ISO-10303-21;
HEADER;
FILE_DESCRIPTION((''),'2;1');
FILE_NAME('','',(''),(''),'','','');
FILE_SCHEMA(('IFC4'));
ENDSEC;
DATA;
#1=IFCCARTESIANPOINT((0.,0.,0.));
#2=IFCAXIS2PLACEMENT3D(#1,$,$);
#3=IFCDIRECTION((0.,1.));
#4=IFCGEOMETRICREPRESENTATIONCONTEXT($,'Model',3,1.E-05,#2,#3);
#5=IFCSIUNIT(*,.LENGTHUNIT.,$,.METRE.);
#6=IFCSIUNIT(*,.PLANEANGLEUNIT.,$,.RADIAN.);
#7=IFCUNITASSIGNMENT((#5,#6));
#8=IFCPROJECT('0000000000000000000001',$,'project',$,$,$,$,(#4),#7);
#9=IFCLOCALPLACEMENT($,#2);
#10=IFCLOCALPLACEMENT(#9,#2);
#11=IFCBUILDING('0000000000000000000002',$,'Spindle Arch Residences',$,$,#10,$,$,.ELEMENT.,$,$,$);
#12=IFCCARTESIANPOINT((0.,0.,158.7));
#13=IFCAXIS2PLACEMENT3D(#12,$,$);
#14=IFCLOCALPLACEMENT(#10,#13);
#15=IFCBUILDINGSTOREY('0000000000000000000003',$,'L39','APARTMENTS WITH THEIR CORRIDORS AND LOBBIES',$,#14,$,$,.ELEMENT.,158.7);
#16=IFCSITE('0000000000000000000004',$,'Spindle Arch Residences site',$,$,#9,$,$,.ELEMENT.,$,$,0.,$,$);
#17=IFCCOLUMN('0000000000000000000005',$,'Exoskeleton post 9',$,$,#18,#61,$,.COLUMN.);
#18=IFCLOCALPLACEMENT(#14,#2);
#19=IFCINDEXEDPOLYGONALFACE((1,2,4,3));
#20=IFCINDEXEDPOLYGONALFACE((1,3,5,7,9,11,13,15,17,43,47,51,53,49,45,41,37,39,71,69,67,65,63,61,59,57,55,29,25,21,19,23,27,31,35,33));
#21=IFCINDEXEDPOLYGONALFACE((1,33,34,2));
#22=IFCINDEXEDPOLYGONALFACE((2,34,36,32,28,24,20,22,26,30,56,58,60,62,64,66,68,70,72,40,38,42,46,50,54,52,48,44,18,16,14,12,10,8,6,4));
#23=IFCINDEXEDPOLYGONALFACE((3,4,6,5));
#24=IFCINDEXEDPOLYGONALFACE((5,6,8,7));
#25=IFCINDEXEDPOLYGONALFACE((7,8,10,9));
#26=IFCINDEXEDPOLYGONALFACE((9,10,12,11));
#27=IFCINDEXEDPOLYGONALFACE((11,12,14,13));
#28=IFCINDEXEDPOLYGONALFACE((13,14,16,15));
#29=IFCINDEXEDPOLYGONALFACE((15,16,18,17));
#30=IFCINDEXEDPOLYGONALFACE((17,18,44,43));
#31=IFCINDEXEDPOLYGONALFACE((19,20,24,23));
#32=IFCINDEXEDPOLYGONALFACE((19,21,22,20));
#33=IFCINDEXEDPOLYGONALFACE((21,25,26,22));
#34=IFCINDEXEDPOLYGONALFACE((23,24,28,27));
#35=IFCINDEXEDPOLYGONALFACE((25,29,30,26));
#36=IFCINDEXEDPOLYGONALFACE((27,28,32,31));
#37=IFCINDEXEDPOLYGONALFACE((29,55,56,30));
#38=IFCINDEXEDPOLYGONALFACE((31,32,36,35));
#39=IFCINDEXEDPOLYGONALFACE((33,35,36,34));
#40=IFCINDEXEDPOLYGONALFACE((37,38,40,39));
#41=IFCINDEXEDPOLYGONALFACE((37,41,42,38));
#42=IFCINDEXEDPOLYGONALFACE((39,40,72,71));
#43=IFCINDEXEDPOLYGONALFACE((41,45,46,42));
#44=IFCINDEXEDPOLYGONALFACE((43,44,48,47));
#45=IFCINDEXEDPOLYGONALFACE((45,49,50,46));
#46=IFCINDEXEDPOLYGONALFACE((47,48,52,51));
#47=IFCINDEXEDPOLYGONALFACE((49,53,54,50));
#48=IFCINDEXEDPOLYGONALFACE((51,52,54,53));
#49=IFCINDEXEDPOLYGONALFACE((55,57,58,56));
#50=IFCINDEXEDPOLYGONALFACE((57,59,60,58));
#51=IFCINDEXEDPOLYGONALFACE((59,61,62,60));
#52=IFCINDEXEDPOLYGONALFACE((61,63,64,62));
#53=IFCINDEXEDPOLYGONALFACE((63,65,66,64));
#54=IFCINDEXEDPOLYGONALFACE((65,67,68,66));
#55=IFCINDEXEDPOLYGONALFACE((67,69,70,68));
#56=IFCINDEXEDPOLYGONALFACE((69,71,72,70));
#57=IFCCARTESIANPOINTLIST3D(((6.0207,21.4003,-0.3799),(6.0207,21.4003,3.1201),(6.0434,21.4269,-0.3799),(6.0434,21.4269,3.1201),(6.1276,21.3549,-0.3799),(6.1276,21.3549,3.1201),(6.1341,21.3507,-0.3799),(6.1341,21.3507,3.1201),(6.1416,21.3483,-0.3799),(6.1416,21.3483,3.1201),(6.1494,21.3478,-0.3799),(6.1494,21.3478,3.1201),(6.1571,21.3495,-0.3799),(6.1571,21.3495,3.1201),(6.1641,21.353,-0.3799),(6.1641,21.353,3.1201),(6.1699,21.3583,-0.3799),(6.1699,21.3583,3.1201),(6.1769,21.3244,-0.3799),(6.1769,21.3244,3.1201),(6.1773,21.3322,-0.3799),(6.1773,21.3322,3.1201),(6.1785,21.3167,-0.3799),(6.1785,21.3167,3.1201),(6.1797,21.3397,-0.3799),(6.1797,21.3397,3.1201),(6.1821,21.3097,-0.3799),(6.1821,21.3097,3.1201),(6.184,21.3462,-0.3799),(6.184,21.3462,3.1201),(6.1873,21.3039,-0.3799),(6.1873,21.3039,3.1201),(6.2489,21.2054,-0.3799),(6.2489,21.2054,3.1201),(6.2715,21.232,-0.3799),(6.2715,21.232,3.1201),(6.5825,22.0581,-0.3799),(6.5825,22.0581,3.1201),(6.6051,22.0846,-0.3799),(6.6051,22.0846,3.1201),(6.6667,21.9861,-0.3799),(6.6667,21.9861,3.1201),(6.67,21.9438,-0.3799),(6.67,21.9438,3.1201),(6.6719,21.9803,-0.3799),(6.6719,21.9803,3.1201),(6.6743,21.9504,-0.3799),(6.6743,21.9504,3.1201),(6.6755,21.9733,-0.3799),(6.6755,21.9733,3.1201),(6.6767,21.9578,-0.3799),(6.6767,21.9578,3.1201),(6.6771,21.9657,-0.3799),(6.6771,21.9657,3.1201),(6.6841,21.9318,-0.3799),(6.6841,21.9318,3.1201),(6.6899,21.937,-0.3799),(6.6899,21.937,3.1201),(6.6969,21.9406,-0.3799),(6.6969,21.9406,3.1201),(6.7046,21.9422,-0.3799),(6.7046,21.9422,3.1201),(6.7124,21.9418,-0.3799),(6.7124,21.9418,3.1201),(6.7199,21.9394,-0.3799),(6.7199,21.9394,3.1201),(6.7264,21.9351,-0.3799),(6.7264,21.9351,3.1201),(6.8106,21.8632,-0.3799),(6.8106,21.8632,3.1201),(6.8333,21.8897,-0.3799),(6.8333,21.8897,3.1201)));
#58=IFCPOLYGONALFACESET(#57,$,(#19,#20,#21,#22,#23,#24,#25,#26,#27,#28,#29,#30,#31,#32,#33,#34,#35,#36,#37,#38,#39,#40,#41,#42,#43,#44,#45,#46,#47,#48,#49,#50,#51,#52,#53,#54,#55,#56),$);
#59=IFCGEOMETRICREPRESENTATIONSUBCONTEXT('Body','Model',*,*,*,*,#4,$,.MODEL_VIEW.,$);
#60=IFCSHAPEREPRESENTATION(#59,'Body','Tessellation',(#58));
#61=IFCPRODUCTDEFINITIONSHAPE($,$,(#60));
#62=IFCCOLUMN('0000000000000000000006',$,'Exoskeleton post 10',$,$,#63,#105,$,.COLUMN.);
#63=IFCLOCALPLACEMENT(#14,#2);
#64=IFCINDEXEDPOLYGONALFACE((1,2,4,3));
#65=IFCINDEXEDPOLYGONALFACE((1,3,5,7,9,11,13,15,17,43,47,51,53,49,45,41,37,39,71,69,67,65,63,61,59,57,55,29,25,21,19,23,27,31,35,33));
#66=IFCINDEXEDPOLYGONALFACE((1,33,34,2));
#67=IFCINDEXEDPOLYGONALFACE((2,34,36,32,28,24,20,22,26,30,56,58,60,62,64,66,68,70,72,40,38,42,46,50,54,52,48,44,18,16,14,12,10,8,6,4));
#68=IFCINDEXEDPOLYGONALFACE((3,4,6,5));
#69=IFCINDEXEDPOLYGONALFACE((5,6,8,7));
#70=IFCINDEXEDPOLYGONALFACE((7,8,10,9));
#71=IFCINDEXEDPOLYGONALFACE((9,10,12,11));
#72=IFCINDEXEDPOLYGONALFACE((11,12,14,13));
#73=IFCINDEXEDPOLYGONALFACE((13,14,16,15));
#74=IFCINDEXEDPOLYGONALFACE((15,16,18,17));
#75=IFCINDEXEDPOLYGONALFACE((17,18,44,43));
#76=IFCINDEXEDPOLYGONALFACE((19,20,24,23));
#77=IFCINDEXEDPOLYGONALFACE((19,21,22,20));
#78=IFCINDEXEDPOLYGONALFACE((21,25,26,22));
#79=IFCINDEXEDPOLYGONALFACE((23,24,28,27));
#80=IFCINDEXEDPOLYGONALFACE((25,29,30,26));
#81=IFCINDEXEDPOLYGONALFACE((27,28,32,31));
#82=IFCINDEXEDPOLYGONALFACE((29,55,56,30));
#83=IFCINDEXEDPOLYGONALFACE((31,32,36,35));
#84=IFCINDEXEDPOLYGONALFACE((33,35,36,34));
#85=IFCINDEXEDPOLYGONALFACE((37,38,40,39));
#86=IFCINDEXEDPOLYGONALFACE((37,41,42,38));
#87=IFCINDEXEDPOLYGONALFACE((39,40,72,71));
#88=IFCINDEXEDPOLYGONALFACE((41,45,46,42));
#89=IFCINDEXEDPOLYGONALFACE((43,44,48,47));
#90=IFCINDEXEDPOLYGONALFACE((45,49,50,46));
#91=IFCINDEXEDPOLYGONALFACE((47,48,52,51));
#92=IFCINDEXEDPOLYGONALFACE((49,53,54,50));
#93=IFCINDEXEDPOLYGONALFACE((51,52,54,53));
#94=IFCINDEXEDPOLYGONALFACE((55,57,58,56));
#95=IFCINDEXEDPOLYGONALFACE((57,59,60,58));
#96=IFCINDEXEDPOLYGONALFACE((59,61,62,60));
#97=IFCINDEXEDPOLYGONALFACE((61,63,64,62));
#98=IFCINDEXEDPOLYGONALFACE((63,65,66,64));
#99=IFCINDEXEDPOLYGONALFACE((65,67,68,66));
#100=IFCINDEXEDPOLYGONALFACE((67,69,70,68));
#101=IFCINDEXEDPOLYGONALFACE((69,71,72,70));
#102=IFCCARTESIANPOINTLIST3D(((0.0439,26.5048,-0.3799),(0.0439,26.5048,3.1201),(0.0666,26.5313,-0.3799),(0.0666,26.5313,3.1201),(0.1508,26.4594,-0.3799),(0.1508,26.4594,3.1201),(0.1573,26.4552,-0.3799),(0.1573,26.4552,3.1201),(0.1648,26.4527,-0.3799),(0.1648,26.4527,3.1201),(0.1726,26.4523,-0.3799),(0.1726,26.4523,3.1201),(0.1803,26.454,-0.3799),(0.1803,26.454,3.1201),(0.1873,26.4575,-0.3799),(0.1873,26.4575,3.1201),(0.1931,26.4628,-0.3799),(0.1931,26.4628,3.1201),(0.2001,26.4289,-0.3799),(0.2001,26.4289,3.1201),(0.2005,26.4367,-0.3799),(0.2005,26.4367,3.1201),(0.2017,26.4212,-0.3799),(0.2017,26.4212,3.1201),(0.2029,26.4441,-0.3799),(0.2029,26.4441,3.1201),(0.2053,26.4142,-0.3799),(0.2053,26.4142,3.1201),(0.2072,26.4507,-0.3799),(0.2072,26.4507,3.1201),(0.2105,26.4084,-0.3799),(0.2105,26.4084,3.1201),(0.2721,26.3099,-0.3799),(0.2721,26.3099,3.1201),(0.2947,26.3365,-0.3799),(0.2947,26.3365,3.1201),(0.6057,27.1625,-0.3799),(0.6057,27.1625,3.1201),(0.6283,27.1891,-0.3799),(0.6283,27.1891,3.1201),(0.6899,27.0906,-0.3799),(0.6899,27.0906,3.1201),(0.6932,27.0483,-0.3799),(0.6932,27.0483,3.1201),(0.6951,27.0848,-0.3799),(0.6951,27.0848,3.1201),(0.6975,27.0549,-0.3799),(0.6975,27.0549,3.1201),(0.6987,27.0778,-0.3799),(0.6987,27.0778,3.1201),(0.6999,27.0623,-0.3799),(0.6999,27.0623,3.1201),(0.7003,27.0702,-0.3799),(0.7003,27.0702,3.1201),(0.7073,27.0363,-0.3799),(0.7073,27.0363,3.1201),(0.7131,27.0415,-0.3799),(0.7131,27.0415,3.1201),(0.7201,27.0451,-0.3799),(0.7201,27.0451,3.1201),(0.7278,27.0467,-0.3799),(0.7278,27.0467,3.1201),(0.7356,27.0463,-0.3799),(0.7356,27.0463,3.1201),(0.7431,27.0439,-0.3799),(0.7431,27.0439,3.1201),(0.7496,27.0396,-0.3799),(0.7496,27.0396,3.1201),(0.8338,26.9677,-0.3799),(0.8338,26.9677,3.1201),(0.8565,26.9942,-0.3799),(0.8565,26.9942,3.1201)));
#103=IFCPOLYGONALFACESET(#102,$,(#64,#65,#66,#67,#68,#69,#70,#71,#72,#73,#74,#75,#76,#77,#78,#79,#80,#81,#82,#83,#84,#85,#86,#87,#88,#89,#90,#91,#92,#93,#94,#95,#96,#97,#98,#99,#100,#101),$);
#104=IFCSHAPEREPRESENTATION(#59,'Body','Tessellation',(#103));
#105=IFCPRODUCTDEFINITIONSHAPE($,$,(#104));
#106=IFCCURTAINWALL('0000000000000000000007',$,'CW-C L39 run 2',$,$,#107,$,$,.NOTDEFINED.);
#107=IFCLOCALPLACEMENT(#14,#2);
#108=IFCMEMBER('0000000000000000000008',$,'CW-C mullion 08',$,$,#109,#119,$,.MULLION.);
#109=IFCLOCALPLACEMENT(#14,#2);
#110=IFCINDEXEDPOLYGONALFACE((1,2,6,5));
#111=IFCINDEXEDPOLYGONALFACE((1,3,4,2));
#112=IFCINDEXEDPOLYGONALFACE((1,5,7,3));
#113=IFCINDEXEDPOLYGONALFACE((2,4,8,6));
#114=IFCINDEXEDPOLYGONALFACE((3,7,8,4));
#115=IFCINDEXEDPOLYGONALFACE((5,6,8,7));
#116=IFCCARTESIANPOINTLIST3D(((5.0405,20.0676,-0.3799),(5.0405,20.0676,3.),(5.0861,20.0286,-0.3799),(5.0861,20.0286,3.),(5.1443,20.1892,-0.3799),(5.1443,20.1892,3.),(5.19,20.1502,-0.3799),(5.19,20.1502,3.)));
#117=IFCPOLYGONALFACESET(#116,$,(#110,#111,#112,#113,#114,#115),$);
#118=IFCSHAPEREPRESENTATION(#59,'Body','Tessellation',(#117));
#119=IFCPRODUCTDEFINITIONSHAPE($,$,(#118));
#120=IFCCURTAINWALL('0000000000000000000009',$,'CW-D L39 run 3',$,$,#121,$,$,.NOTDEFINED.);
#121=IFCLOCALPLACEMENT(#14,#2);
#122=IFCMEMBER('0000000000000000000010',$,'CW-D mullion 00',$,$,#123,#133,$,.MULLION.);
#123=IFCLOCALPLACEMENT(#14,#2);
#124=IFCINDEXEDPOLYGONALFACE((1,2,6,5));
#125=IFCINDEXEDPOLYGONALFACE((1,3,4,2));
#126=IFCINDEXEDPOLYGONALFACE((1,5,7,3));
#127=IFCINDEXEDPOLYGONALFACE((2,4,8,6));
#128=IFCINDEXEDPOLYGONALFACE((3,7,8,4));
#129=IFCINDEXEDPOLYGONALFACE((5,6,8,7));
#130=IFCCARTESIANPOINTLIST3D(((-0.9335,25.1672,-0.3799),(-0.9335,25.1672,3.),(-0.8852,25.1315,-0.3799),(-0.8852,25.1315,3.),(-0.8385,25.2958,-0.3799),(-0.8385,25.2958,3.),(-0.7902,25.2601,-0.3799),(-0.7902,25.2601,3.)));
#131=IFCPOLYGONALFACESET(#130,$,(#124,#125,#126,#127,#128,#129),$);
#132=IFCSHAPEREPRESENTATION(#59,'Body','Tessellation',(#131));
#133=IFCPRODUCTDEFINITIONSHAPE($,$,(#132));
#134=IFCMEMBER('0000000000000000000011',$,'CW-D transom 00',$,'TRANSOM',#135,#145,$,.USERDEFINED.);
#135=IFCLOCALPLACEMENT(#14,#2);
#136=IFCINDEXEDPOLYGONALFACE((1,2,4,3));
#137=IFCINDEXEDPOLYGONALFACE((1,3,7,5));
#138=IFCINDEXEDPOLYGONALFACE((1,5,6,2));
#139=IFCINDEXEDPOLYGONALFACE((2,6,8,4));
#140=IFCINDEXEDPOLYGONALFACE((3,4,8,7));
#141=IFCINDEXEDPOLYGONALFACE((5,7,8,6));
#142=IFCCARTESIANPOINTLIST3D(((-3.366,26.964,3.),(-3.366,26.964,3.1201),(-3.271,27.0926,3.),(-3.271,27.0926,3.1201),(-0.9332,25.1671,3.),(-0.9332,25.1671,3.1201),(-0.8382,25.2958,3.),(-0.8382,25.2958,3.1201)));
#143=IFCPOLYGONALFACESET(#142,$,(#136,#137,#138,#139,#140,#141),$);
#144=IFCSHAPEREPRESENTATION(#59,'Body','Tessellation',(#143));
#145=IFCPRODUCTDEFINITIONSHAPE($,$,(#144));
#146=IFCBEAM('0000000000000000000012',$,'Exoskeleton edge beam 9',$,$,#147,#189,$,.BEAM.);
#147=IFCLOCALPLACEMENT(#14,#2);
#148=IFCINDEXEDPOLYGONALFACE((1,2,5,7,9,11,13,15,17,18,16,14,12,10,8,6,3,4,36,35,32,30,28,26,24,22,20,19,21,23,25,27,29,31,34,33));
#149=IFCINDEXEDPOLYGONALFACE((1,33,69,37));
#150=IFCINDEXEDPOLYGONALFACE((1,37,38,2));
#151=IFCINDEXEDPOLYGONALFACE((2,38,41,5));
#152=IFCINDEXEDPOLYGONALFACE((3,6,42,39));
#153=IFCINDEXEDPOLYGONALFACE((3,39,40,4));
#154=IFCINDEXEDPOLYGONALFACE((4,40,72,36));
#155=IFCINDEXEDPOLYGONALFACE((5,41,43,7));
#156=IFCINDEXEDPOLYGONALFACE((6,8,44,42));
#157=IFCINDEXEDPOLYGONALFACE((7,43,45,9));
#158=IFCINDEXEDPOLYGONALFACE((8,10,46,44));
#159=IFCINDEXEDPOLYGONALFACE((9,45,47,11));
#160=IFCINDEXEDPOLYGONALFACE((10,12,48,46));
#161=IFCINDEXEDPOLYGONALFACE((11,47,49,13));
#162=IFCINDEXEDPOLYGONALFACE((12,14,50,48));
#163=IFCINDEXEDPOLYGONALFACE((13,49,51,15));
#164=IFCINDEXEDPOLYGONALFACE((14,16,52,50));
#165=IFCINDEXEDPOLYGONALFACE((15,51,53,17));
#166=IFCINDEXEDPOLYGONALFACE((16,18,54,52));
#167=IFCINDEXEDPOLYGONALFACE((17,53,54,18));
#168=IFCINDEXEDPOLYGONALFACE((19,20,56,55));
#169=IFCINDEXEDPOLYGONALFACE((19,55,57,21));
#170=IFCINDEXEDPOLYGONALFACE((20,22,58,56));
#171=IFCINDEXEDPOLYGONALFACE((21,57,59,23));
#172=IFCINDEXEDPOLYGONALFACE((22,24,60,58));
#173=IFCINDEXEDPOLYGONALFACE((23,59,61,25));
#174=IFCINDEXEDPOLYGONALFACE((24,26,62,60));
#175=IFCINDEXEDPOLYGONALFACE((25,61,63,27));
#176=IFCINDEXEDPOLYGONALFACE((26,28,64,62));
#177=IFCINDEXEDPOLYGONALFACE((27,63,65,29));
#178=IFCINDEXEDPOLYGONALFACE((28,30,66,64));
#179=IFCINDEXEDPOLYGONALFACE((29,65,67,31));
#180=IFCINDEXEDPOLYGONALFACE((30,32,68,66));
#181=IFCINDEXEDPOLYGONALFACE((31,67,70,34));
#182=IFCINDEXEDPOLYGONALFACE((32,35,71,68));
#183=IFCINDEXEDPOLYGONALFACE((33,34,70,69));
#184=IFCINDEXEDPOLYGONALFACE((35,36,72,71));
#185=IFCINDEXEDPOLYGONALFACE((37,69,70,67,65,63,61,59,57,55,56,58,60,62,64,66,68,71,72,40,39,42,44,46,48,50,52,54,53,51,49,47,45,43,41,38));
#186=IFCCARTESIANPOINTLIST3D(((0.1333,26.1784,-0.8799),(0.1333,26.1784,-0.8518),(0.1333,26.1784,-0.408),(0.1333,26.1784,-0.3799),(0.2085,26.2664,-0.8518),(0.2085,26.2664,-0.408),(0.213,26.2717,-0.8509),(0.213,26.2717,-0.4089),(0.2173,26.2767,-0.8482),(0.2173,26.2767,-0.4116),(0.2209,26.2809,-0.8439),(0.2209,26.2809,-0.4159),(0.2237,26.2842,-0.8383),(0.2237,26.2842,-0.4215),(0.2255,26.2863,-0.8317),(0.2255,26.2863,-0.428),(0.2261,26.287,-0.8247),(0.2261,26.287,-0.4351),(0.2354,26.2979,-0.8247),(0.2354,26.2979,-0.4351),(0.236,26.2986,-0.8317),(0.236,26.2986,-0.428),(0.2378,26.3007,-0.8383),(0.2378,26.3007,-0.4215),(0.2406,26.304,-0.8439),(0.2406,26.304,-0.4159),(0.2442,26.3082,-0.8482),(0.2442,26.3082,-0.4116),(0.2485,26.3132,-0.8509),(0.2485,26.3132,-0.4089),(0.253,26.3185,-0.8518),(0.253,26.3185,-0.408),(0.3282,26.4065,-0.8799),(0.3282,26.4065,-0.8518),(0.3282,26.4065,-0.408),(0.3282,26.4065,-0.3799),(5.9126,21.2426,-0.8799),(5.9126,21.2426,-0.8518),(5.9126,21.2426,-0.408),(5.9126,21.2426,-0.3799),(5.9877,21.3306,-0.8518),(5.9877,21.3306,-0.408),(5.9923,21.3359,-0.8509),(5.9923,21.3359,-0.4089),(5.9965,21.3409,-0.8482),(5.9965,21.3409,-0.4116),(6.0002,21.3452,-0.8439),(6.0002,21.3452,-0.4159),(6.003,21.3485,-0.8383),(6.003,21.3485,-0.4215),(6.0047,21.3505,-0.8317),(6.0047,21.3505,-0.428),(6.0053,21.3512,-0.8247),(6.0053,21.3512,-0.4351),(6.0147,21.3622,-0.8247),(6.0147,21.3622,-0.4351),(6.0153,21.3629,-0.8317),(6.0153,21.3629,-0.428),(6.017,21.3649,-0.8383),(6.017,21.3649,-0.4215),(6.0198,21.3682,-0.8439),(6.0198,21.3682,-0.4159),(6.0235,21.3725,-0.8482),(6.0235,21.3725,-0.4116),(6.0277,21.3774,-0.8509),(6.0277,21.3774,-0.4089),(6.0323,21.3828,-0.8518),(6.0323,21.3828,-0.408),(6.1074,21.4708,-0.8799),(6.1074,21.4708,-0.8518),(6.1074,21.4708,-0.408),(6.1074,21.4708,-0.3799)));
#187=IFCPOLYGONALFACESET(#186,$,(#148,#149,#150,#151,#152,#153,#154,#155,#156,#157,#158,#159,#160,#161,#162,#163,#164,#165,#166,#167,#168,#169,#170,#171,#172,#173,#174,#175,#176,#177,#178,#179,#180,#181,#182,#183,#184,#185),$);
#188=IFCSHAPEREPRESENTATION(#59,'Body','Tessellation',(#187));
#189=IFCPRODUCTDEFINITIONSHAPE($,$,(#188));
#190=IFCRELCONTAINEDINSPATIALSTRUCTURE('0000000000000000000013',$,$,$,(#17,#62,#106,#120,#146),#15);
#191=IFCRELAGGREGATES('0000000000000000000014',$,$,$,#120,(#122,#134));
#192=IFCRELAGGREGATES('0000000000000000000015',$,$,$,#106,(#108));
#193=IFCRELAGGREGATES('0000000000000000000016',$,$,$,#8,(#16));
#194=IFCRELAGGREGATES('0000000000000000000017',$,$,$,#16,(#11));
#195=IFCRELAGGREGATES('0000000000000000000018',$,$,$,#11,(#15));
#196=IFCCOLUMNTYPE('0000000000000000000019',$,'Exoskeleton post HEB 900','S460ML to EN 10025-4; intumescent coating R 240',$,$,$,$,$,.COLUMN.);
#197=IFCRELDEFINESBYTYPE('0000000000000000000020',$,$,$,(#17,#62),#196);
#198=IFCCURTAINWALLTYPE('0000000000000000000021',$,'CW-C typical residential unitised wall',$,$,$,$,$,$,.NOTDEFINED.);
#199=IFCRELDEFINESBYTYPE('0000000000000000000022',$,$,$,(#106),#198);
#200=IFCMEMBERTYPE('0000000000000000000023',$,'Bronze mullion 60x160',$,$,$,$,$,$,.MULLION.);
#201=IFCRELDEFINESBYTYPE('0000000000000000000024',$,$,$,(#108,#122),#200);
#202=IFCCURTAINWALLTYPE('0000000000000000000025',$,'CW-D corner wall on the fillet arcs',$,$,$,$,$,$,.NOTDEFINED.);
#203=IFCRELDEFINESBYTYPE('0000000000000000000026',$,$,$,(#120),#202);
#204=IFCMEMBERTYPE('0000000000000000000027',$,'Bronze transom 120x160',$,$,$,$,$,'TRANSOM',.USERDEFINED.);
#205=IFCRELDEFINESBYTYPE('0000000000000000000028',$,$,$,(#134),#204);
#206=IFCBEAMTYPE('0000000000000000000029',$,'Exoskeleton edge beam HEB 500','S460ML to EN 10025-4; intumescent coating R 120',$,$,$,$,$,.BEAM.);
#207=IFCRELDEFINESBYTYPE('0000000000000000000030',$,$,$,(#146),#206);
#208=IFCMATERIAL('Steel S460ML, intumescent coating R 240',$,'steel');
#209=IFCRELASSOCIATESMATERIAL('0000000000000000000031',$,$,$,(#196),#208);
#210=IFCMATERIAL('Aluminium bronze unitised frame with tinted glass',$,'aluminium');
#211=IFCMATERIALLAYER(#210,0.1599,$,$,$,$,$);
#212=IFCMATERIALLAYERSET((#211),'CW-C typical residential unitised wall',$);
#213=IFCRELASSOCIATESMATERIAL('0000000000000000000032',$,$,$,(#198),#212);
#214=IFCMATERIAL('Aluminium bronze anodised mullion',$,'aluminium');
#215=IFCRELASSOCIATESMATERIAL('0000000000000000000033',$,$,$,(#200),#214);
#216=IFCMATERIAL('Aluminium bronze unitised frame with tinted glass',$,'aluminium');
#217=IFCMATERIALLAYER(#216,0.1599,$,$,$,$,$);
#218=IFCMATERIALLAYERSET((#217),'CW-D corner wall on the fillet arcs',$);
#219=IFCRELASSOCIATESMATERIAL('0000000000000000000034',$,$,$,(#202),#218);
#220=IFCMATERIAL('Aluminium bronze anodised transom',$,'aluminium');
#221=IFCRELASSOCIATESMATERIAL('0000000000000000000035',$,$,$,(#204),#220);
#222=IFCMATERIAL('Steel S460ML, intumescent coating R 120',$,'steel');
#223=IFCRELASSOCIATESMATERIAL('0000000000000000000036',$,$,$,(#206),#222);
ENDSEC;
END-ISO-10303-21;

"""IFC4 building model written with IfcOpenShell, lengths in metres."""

from ifc_helpers import new_model, si_unit, direction, frame, origin, origin_2d, place, context, subcontext, project, spatial, rectangle, i_section, extrude, material, layer, layer_set, material_profile, profile_set, type_object, element, aggregate, save


model = new_model("IFC4")

# Units and contexts
model_context = context("Model", 3, precision=1e-05, world=origin(), true_north=direction((0.0, 1.0)))
body_context = subcontext(model_context, "Body", "Model", "MODEL_VIEW")
ifc_project = project(units=[si_unit("LENGTHUNIT", "METRE"), si_unit("PLANEANGLEUNIT", "RADIAN")], contexts=[model_context])

# Site, building, storey
site_placement = place(None, origin())
site = spatial("IfcSite", under=ifc_project, at=site_placement, Name="Spindle Arch Residences site", CompositionType="ELEMENT", RefElevation=0.0)
building_placement = place(site_placement, origin())
building = spatial("IfcBuilding", under=site, at=building_placement, Name="Spindle Arch Residences", CompositionType="ELEMENT")
storey_placement = place(building_placement, frame((0.0, 0.0, 158.7)))
storey = spatial("IfcBuildingStorey", under=building, at=storey_placement, Name="L39", Description="APARTMENTS WITH THEIR CORRIDORS AND LOBBIES", CompositionType="ELEMENT", Elevation=158.7)

# Columns
ifc_material_1 = material(Name="Steel S460ML, intumescent coating R 240", Category="steel")
ifc_material_profile_1 = material_profile(ifc_material_1, i_section(OverallWidth=0.3, OverallDepth=0.8999, WebThickness=0.0186, FlangeThickness=0.0349, FilletRadius=0.03, at=origin_2d()), Name="HEB 900")
ifc_profile_set_1 = profile_set([ifc_material_profile_1], Name="Steel S460ML, intumescent coating R 240")
column_type = type_object("IfcColumnType", Name="Exoskeleton post HEB 900", Description="S460ML to EN 10025-4; intumescent coating R 240", PredefinedType="COLUMN", material=ifc_profile_set_1)
for number, where, z_axis, x_axis, name in (
    (1, (6.427, 21.645, -0.3799), (0.0, 0.0, 1.0), (0.760406, -0.649448, 0.0), "Exoskeleton post 9"),
    (2, (0.4502, 26.7495, -0.3799), (0.0, 0.0, 1.0), (0.760406, -0.649448, 0.0), "Exoskeleton post 10"),
):
    element("IfcColumn", number, at=place(storey_placement, frame(where, z_axis=z_axis, x_axis=x_axis)), inside=storey, type_object=column_type, Name=name, PredefinedType="COLUMN", context=body_context, shape_type="SweptSolid", body=[
        extrude(i_section(OverallWidth=0.3, OverallDepth=0.8999, WebThickness=0.0186, FlangeThickness=0.0349, FilletRadius=0.03, at=origin_2d()), origin(), (0.0, 0.0, 1.0), 3.5),
    ])

# Curtain wall, member
ifc_material_2 = material(Name="Aluminium bronze unitised frame with tinted glass", Category="aluminium")
ifc_layer_1 = layer(ifc_material_2, 0.1599)
ifc_layer_set_1 = layer_set([ifc_layer_1], Name="CW-C typical residential unitised wall")
curtain_wall_type_1 = type_object("IfcCurtainWallType", Name="CW-C typical residential unitised wall", PredefinedType="NOTDEFINED", material=ifc_layer_set_1)
curtain_wall_1_placement = place(storey_placement, origin())
curtain_wall_1 = element("IfcCurtainWall", 3, at=curtain_wall_1_placement, inside=storey, type_object=curtain_wall_type_1, Name="CW-C L39 run 2", PredefinedType="NOTDEFINED")
ifc_material_3 = material(Name="Aluminium bronze anodised mullion", Category="aluminium")
ifc_material_profile_2 = material_profile(ifc_material_3, rectangle(XDim=0.1599, YDim=0.0601, at=origin_2d()), Name="MU 60x160")
ifc_profile_set_2 = profile_set([ifc_material_profile_2], Name="Aluminium bronze anodised mullion")
member_type_1 = type_object("IfcMemberType", Name="Bronze mullion 60x160", PredefinedType="MULLION", material=ifc_profile_set_2)
member_1_placement = place(storey_placement, frame((5.1152, 20.1089, -0.3799), z_axis=(0.0, 0.0, 1.0), x_axis=(-0.649448, -0.760406, 0.0)))
member_1 = element("IfcMember", 4, at=member_1_placement, type_object=member_type_1, Name="CW-C mullion 08", PredefinedType="MULLION", context=body_context, shape_type="SweptSolid", body=[
    extrude(rectangle(XDim=0.1599, YDim=0.0601, at=origin_2d()), origin(), (0.0, 0.0, 1.0), 3.3799),
])

# Curtain wall, members
ifc_material_4 = material(Name="Aluminium bronze unitised frame with tinted glass", Category="aluminium")
ifc_layer_2 = layer(ifc_material_4, 0.1599)
ifc_layer_set_2 = layer_set([ifc_layer_2], Name="CW-D corner wall on the fillet arcs")
curtain_wall_type_2 = type_object("IfcCurtainWallType", Name="CW-D corner wall on the fillet arcs", PredefinedType="NOTDEFINED", material=ifc_layer_set_2)
curtain_wall_2_placement = place(storey_placement, origin())
curtain_wall_2 = element("IfcCurtainWall", 5, at=curtain_wall_2_placement, inside=storey, type_object=curtain_wall_type_2, Name="CW-D L39 run 3", PredefinedType="NOTDEFINED")
member_2_placement = place(storey_placement, frame((-0.8618, 25.2136, -0.3799), z_axis=(0.0, 0.0, 1.0), x_axis=(-0.594134, -0.804366, 0.0)))
member_2 = element("IfcMember", 6, at=member_2_placement, type_object=member_type_1, Name="CW-D mullion 00", PredefinedType="MULLION", context=body_context, shape_type="SweptSolid", body=[
    extrude(rectangle(XDim=0.1599, YDim=0.0601, at=origin_2d()), origin(), (0.0, 0.0, 1.0), 3.3799),
])
ifc_material_5 = material(Name="Aluminium bronze anodised transom", Category="aluminium")
ifc_material_profile_3 = material_profile(ifc_material_5, rectangle(XDim=0.1599, YDim=0.1201, at=origin_2d()), Name="TR 120x160")
ifc_profile_set_3 = profile_set([ifc_material_profile_3], Name="Aluminium bronze anodised transom")
member_type_2 = type_object("IfcMemberType", Name="Bronze transom 120x160", ElementType="TRANSOM", PredefinedType="USERDEFINED", material=ifc_profile_set_3)
member_3_placement = place(storey_placement, frame((-0.8857, 25.2314, 3.0601), z_axis=(-0.804386, 0.594107, 0.0), x_axis=(-0.594107, -0.804386, 0.0)))
member_3 = element("IfcMember", 7, at=member_3_placement, type_object=member_type_2, Name="CW-D transom 00", ObjectType="TRANSOM", PredefinedType="USERDEFINED", context=body_context, shape_type="SweptSolid", body=[
    extrude(rectangle(XDim=0.1599, YDim=0.1201, at=origin_2d()), origin(), (0.0, 0.0, 1.0), 3.0244),
])
aggregate(curtain_wall_2, [member_2, member_3])

# Beam
ifc_material_6 = material(Name="Steel S460ML, intumescent coating R 120", Category="steel")
ifc_material_profile_4 = material_profile(ifc_material_6, i_section(OverallWidth=0.3, OverallDepth=0.5, WebThickness=0.0144, FlangeThickness=0.0281, FilletRadius=0.0271, at=origin_2d()), Name="HEB 500")
ifc_profile_set_4 = profile_set([ifc_material_profile_4], Name="Steel S460ML, intumescent coating R 120")
beam_type_1 = type_object("IfcBeamType", Name="Exoskeleton edge beam HEB 500", Description="S460ML to EN 10025-4; intumescent coating R 120", PredefinedType="BEAM", material=ifc_profile_set_4)
beam_1_placement = place(storey_placement, frame((6.01, 21.3567, -0.6299), z_axis=(-0.760419, 0.649433, 0.0), x_axis=(-0.649433, -0.760419, 0.0)))
element("IfcBeam", 8, at=beam_1_placement, inside=storey, type_object=beam_type_1, Name="Exoskeleton edge beam 9", PredefinedType="BEAM", context=body_context, shape_type="SweptSolid", body=[
    extrude(i_section(OverallWidth=0.3, OverallDepth=0.5, WebThickness=0.0144, FlangeThickness=0.0281, FilletRadius=0.0271, at=origin_2d()), origin(), (0.0, 0.0, 1.0), 7.6001),
])

aggregate(curtain_wall_1, [member_1])

save(model, "model.ifc")
